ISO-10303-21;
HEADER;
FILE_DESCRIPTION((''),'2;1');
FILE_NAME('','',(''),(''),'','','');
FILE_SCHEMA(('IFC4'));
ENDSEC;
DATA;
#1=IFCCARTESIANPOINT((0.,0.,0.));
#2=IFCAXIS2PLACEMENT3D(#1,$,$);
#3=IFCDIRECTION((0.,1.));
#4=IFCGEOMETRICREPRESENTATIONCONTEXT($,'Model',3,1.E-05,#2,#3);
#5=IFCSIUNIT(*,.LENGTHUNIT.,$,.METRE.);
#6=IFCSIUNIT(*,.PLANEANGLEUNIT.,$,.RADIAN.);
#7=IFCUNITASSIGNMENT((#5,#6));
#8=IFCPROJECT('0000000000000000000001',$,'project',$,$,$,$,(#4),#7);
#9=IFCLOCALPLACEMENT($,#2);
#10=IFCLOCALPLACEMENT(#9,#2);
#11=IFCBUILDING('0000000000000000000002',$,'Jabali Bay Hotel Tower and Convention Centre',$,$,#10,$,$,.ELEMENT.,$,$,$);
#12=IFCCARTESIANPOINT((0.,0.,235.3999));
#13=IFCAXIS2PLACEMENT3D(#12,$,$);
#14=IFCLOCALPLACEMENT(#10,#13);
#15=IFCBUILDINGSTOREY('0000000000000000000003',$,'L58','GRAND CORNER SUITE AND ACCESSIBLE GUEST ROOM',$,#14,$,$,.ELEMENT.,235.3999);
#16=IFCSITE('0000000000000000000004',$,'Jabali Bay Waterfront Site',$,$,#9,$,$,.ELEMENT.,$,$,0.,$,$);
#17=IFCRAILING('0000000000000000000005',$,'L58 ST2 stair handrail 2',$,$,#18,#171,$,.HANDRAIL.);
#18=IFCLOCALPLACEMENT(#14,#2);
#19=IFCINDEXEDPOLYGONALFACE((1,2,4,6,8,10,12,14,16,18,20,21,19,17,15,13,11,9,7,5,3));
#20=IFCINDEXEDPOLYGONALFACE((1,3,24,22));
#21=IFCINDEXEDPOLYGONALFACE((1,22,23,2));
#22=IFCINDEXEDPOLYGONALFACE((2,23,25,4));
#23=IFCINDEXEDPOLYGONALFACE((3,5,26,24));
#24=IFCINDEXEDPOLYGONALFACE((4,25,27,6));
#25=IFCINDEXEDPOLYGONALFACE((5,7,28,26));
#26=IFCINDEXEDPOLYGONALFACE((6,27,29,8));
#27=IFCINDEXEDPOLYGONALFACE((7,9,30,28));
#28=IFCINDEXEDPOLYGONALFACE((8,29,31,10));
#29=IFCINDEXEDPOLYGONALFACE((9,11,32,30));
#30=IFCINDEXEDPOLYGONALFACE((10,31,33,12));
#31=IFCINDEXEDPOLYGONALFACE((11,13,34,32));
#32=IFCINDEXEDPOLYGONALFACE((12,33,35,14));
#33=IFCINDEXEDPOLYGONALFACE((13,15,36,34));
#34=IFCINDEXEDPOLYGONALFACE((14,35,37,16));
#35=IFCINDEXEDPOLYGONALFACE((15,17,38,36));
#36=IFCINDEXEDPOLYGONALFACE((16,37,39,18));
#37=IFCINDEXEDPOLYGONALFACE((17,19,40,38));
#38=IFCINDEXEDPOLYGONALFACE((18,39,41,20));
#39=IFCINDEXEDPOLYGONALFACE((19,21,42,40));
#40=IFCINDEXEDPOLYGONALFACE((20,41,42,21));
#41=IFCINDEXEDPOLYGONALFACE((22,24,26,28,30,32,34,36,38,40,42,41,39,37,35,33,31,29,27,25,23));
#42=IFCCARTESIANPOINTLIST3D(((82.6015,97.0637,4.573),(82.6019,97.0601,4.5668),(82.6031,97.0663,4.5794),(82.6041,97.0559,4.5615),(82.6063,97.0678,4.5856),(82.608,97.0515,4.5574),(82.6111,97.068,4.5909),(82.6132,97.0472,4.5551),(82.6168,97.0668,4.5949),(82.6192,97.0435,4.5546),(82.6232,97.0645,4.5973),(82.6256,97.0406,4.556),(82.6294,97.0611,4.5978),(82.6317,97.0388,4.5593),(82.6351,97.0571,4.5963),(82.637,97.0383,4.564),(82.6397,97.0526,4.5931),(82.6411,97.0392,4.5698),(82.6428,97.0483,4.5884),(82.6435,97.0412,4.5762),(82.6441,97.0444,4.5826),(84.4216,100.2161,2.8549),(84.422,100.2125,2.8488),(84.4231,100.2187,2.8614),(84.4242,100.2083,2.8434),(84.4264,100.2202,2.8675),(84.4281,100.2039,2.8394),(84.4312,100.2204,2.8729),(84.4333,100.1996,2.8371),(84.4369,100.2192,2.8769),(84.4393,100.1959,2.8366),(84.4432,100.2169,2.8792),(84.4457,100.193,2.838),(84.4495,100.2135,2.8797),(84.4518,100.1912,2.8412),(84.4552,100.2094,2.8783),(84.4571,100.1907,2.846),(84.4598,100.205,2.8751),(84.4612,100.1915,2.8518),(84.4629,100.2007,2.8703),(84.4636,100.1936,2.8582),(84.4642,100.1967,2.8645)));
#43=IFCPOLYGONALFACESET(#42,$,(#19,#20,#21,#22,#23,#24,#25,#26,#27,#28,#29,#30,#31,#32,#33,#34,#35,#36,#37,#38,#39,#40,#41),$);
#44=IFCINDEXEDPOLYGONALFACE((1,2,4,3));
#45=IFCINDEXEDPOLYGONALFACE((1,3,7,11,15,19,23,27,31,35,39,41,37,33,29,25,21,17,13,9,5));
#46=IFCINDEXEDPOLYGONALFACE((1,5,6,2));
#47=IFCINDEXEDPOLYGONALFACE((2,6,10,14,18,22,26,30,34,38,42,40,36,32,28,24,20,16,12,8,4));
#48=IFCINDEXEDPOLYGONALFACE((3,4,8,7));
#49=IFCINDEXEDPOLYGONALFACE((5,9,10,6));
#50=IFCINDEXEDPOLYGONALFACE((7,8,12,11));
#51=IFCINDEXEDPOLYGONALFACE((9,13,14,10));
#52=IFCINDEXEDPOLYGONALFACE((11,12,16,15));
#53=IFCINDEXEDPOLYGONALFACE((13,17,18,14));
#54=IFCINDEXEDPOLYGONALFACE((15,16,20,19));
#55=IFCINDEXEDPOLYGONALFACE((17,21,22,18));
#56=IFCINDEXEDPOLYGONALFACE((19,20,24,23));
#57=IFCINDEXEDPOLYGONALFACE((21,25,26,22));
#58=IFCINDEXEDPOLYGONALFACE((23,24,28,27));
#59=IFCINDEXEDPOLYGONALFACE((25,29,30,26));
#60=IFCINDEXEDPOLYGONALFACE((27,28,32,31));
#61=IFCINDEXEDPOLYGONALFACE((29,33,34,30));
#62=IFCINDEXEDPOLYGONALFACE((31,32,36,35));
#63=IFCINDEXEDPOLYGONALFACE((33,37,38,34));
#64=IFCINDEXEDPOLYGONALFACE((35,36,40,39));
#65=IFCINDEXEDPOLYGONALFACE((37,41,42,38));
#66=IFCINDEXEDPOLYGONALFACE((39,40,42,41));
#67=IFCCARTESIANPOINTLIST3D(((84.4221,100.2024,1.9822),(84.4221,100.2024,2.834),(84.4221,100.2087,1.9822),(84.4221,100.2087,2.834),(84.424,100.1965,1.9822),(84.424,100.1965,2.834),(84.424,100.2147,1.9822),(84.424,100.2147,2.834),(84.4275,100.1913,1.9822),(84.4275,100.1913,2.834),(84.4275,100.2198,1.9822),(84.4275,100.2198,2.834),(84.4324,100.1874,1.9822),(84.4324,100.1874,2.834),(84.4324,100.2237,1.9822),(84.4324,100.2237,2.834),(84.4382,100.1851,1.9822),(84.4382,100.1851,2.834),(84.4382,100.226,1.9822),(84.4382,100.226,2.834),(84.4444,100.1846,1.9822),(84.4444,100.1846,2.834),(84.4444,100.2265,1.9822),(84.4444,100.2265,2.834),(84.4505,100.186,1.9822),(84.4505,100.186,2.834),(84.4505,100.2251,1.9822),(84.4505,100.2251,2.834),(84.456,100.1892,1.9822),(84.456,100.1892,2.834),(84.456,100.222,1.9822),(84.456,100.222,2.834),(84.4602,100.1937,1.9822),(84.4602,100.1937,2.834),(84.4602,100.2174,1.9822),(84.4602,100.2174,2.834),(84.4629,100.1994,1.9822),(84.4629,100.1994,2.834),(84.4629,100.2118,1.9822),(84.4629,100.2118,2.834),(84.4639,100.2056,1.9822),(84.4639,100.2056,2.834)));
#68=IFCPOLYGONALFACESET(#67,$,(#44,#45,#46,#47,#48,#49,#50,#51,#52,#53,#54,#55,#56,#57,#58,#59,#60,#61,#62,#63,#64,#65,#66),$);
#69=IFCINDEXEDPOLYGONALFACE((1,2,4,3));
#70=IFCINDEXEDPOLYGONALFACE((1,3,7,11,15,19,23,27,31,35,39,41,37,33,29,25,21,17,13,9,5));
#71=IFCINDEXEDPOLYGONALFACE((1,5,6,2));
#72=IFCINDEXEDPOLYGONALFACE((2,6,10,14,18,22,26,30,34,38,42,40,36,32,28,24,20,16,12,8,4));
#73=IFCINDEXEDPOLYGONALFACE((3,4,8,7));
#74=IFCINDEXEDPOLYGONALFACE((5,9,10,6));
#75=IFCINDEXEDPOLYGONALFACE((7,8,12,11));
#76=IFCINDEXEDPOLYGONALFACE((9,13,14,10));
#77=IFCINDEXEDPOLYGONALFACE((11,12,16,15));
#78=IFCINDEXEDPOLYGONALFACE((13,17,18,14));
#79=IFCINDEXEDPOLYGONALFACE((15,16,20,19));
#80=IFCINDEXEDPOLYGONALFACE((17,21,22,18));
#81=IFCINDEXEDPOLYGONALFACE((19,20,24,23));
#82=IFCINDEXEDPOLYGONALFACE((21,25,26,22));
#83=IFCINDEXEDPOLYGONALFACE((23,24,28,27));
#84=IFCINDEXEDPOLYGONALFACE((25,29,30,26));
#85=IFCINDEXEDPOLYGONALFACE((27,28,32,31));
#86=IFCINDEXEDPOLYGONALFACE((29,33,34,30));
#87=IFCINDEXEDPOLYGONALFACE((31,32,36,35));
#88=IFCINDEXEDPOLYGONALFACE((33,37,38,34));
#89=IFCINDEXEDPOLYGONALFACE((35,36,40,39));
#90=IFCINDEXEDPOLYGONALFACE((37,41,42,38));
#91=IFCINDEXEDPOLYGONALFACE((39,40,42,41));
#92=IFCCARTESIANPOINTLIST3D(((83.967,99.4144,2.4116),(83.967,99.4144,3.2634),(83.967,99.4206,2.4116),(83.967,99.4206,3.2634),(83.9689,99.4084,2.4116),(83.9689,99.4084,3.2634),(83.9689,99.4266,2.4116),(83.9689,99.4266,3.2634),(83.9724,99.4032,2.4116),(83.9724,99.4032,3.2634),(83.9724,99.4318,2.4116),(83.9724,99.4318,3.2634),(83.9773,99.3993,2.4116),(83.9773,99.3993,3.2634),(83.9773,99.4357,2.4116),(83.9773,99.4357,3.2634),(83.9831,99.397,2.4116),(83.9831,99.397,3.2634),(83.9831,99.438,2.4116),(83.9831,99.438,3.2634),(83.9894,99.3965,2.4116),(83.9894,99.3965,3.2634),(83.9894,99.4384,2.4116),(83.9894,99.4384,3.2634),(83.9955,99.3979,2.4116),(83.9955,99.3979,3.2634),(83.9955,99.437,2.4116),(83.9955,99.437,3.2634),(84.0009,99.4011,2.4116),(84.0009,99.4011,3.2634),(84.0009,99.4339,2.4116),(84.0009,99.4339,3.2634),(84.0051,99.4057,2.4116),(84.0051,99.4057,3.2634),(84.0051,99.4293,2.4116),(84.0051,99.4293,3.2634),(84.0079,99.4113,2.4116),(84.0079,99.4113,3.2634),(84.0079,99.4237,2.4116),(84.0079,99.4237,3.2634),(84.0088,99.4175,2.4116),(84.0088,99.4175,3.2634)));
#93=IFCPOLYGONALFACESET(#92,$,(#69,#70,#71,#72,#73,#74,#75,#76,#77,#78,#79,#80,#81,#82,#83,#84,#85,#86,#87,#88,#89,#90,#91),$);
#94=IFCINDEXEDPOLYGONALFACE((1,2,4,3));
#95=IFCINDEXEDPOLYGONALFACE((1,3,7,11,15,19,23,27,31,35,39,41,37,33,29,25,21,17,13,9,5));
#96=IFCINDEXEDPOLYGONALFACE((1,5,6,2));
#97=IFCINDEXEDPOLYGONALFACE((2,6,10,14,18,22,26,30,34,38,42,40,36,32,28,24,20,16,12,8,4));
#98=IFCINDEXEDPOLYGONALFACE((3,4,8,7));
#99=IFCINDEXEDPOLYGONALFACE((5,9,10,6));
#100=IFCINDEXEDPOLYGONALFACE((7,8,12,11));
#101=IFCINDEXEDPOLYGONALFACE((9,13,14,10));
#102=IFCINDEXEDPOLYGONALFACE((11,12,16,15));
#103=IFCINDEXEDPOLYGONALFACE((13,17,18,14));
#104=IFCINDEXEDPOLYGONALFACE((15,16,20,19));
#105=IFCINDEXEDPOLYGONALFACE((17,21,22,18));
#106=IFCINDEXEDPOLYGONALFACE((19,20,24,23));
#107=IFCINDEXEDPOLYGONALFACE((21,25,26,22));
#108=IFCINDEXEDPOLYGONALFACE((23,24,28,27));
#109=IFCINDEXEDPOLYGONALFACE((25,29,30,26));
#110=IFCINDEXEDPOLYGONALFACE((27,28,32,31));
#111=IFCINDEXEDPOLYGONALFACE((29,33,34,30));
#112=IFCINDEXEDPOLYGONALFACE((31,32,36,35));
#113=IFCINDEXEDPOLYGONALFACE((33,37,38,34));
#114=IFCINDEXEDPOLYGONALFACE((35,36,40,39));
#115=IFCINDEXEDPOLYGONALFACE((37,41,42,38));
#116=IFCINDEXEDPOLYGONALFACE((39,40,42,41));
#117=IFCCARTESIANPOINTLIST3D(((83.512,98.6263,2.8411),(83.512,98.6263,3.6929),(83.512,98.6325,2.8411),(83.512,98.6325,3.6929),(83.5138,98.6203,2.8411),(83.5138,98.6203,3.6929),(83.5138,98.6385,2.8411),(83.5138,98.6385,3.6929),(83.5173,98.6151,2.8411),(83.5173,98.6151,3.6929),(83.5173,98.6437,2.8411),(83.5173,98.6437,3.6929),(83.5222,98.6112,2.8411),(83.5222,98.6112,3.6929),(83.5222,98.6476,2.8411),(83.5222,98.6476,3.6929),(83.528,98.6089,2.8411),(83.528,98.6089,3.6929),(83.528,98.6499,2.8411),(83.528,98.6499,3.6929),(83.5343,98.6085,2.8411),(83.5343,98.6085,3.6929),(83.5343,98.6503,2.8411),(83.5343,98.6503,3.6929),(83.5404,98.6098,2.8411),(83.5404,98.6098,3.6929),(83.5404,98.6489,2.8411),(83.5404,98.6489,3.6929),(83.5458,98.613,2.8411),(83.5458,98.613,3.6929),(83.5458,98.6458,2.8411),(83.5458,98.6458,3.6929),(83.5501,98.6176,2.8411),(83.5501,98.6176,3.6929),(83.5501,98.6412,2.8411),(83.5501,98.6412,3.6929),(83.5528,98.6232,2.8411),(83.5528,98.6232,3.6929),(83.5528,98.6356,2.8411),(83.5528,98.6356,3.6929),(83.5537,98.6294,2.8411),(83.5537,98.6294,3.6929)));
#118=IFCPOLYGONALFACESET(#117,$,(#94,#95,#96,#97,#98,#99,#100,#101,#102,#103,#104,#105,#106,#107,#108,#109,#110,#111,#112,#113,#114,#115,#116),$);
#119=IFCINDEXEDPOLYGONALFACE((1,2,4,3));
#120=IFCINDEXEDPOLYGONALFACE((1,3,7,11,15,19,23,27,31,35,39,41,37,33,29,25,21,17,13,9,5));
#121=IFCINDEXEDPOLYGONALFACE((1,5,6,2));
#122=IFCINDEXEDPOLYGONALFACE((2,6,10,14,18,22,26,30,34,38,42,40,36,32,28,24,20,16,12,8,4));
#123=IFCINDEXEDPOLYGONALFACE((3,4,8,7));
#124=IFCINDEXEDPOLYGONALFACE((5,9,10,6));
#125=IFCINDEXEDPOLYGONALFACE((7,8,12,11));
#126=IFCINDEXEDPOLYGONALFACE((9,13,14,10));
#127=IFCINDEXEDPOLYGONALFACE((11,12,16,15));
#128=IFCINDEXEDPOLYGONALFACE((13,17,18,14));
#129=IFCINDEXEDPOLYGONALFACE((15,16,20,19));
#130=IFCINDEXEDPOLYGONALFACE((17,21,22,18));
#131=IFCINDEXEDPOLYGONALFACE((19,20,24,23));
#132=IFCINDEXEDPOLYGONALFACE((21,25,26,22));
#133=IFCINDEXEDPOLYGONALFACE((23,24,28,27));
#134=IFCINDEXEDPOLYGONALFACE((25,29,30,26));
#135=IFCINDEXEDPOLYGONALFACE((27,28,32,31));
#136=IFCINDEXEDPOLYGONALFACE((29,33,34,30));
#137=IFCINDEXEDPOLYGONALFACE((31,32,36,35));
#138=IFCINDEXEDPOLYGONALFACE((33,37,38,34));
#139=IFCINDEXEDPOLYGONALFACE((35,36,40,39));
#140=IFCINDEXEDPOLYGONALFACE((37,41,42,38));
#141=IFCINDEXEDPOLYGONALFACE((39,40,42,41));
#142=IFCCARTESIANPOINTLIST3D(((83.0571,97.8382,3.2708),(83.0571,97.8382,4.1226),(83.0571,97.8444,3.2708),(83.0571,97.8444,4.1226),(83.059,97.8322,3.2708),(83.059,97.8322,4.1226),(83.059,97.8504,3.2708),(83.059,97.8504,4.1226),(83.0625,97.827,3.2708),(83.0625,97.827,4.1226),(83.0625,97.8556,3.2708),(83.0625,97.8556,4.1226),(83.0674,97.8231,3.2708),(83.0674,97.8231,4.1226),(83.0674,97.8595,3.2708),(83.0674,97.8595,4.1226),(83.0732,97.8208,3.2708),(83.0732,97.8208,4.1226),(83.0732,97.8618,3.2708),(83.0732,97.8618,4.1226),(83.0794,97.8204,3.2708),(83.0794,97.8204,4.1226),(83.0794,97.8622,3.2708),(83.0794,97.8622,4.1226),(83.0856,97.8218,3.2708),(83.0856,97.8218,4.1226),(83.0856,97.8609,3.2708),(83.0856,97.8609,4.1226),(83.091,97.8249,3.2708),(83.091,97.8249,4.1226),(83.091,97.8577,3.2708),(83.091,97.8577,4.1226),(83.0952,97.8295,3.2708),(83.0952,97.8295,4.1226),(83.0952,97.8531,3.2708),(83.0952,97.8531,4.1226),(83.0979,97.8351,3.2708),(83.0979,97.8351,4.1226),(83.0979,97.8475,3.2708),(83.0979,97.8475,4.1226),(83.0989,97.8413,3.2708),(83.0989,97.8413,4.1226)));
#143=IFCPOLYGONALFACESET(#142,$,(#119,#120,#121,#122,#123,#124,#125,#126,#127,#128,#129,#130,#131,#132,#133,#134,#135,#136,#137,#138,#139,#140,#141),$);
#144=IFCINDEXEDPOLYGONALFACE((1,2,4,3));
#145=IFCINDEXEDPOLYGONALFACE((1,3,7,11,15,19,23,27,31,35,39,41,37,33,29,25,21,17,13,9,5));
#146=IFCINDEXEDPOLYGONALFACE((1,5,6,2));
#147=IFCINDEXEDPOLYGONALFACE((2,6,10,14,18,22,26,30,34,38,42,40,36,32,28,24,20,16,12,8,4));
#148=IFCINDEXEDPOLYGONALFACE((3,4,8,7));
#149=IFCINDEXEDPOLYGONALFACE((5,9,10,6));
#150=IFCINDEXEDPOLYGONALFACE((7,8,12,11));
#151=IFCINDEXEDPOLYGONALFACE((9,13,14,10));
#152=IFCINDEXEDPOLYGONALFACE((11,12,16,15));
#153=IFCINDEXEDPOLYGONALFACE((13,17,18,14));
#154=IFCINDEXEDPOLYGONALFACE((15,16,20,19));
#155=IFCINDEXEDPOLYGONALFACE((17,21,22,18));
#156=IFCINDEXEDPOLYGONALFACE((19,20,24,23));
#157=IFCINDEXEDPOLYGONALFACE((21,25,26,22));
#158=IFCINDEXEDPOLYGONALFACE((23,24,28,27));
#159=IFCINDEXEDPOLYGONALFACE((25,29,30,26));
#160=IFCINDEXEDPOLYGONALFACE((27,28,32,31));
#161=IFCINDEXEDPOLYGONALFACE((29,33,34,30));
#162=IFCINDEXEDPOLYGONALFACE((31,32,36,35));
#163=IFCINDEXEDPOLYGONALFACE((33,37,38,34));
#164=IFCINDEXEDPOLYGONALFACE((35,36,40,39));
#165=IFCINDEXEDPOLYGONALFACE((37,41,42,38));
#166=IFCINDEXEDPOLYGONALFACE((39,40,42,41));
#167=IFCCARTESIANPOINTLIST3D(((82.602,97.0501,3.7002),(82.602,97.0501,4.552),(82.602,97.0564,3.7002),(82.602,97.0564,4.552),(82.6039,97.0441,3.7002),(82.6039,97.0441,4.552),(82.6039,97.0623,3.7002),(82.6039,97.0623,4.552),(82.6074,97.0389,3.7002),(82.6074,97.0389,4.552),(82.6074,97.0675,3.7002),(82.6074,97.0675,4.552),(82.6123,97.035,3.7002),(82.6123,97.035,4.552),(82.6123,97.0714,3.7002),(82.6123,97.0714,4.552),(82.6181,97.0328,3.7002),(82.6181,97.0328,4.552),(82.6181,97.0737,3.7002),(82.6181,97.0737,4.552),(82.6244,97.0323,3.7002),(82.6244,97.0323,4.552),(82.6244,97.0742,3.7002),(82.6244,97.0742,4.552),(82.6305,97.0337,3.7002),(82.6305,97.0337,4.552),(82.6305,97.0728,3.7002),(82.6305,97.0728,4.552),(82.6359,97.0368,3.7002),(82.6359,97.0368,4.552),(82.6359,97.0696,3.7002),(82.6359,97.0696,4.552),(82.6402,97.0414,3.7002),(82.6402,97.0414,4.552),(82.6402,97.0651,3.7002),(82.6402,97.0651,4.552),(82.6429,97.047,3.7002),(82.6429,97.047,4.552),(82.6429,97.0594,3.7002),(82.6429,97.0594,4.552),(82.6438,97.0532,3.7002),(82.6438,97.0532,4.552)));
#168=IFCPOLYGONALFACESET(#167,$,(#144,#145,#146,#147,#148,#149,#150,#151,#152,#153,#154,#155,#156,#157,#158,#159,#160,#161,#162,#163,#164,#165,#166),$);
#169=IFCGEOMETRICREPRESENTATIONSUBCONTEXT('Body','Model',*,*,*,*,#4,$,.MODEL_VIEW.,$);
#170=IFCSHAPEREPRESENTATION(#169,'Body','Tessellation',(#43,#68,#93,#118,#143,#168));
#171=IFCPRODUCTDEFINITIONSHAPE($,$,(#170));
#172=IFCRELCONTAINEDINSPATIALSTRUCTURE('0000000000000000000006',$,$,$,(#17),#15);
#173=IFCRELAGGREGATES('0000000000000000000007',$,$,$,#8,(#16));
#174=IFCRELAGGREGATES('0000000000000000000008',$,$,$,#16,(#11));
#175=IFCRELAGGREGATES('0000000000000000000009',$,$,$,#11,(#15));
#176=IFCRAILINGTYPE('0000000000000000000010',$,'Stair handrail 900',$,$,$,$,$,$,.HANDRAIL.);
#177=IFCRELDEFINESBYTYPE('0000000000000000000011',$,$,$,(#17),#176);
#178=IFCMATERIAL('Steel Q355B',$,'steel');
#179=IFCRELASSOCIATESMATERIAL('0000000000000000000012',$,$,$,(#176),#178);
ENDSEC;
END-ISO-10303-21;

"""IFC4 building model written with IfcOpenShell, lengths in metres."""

from ifc_helpers import new_model, si_unit, direction, frame, origin, origin_2d, place, context, subcontext, project, spatial, circle, extrude, material, type_object, element, save


model = new_model("IFC4")

# Units and contexts
model_context = context("Model", 3, precision=1e-05, world=origin(), true_north=direction((0.0, 1.0)))
body_context = subcontext(model_context, "Body", "Model", "MODEL_VIEW")
ifc_project = project(units=[si_unit("LENGTHUNIT", "METRE"), si_unit("PLANEANGLEUNIT", "RADIAN")], contexts=[model_context])

# Site, building, storey
site_placement = place(None, origin())
site = spatial("IfcSite", under=ifc_project, at=site_placement, Name="Jabali Bay Waterfront Site", CompositionType="ELEMENT", RefElevation=0.0)
building_placement = place(site_placement, origin())
building = spatial("IfcBuilding", under=site, at=building_placement, Name="Jabali Bay Hotel Tower and Convention Centre", CompositionType="ELEMENT")
storey_placement = place(building_placement, frame((0.0, 0.0, 235.3999)))
storey = spatial("IfcBuildingStorey", under=building, at=storey_placement, Name="L58", Description="GRAND CORNER SUITE AND ACCESSIBLE GUEST ROOM", CompositionType="ELEMENT", Elevation=235.3999)

# Railing
ifc_material_1 = material(Name="Steel Q355B", Category="steel")
railing_type_1 = type_object("IfcRailingType", Name="Stair handrail 900", PredefinedType="HANDRAIL", material=ifc_material_1)
railing_1_placement = place(storey_placement, frame((84.4429, 100.2056, 1.9822)))
element("IfcRailing", 1, at=railing_1_placement, inside=storey, type_object=railing_type_1, Name="L58 ST2 stair handrail 2", PredefinedType="HANDRAIL", context=body_context, shape_type="SweptSolid", body=[
    extrude(circle(Radius=0.0239, at=origin_2d()), frame((0.0, 0.0, 0.876), z_axis=(-0.452179, -0.78317, 0.426825), x_axis=(0.866018, -0.500013, 0.0)), (0.0, 0.0, 1.0), 4.0251),
    extrude(circle(Radius=0.021, at=origin_2d()), origin(), (0.0, 0.0, 1.0), 0.8518),
    extrude(circle(Radius=0.021, at=origin_2d()), frame((-0.4551, -0.7881, 0.4294)), (0.0, 0.0, 1.0), 0.8518),
    extrude(circle(Radius=0.021, at=origin_2d()), frame((-0.9102, -1.5762, 0.8589)), (0.0, 0.0, 1.0), 0.8518),
    extrude(circle(Radius=0.021, at=origin_2d()), frame((-1.365, -2.3643, 1.2886)), (0.0, 0.0, 1.0), 0.8518),
    extrude(circle(Radius=0.021, at=origin_2d()), frame((-1.8201, -3.1523, 1.718)), (0.0, 0.0, 1.0), 0.8518),
])

save(model, "model.ifc")
